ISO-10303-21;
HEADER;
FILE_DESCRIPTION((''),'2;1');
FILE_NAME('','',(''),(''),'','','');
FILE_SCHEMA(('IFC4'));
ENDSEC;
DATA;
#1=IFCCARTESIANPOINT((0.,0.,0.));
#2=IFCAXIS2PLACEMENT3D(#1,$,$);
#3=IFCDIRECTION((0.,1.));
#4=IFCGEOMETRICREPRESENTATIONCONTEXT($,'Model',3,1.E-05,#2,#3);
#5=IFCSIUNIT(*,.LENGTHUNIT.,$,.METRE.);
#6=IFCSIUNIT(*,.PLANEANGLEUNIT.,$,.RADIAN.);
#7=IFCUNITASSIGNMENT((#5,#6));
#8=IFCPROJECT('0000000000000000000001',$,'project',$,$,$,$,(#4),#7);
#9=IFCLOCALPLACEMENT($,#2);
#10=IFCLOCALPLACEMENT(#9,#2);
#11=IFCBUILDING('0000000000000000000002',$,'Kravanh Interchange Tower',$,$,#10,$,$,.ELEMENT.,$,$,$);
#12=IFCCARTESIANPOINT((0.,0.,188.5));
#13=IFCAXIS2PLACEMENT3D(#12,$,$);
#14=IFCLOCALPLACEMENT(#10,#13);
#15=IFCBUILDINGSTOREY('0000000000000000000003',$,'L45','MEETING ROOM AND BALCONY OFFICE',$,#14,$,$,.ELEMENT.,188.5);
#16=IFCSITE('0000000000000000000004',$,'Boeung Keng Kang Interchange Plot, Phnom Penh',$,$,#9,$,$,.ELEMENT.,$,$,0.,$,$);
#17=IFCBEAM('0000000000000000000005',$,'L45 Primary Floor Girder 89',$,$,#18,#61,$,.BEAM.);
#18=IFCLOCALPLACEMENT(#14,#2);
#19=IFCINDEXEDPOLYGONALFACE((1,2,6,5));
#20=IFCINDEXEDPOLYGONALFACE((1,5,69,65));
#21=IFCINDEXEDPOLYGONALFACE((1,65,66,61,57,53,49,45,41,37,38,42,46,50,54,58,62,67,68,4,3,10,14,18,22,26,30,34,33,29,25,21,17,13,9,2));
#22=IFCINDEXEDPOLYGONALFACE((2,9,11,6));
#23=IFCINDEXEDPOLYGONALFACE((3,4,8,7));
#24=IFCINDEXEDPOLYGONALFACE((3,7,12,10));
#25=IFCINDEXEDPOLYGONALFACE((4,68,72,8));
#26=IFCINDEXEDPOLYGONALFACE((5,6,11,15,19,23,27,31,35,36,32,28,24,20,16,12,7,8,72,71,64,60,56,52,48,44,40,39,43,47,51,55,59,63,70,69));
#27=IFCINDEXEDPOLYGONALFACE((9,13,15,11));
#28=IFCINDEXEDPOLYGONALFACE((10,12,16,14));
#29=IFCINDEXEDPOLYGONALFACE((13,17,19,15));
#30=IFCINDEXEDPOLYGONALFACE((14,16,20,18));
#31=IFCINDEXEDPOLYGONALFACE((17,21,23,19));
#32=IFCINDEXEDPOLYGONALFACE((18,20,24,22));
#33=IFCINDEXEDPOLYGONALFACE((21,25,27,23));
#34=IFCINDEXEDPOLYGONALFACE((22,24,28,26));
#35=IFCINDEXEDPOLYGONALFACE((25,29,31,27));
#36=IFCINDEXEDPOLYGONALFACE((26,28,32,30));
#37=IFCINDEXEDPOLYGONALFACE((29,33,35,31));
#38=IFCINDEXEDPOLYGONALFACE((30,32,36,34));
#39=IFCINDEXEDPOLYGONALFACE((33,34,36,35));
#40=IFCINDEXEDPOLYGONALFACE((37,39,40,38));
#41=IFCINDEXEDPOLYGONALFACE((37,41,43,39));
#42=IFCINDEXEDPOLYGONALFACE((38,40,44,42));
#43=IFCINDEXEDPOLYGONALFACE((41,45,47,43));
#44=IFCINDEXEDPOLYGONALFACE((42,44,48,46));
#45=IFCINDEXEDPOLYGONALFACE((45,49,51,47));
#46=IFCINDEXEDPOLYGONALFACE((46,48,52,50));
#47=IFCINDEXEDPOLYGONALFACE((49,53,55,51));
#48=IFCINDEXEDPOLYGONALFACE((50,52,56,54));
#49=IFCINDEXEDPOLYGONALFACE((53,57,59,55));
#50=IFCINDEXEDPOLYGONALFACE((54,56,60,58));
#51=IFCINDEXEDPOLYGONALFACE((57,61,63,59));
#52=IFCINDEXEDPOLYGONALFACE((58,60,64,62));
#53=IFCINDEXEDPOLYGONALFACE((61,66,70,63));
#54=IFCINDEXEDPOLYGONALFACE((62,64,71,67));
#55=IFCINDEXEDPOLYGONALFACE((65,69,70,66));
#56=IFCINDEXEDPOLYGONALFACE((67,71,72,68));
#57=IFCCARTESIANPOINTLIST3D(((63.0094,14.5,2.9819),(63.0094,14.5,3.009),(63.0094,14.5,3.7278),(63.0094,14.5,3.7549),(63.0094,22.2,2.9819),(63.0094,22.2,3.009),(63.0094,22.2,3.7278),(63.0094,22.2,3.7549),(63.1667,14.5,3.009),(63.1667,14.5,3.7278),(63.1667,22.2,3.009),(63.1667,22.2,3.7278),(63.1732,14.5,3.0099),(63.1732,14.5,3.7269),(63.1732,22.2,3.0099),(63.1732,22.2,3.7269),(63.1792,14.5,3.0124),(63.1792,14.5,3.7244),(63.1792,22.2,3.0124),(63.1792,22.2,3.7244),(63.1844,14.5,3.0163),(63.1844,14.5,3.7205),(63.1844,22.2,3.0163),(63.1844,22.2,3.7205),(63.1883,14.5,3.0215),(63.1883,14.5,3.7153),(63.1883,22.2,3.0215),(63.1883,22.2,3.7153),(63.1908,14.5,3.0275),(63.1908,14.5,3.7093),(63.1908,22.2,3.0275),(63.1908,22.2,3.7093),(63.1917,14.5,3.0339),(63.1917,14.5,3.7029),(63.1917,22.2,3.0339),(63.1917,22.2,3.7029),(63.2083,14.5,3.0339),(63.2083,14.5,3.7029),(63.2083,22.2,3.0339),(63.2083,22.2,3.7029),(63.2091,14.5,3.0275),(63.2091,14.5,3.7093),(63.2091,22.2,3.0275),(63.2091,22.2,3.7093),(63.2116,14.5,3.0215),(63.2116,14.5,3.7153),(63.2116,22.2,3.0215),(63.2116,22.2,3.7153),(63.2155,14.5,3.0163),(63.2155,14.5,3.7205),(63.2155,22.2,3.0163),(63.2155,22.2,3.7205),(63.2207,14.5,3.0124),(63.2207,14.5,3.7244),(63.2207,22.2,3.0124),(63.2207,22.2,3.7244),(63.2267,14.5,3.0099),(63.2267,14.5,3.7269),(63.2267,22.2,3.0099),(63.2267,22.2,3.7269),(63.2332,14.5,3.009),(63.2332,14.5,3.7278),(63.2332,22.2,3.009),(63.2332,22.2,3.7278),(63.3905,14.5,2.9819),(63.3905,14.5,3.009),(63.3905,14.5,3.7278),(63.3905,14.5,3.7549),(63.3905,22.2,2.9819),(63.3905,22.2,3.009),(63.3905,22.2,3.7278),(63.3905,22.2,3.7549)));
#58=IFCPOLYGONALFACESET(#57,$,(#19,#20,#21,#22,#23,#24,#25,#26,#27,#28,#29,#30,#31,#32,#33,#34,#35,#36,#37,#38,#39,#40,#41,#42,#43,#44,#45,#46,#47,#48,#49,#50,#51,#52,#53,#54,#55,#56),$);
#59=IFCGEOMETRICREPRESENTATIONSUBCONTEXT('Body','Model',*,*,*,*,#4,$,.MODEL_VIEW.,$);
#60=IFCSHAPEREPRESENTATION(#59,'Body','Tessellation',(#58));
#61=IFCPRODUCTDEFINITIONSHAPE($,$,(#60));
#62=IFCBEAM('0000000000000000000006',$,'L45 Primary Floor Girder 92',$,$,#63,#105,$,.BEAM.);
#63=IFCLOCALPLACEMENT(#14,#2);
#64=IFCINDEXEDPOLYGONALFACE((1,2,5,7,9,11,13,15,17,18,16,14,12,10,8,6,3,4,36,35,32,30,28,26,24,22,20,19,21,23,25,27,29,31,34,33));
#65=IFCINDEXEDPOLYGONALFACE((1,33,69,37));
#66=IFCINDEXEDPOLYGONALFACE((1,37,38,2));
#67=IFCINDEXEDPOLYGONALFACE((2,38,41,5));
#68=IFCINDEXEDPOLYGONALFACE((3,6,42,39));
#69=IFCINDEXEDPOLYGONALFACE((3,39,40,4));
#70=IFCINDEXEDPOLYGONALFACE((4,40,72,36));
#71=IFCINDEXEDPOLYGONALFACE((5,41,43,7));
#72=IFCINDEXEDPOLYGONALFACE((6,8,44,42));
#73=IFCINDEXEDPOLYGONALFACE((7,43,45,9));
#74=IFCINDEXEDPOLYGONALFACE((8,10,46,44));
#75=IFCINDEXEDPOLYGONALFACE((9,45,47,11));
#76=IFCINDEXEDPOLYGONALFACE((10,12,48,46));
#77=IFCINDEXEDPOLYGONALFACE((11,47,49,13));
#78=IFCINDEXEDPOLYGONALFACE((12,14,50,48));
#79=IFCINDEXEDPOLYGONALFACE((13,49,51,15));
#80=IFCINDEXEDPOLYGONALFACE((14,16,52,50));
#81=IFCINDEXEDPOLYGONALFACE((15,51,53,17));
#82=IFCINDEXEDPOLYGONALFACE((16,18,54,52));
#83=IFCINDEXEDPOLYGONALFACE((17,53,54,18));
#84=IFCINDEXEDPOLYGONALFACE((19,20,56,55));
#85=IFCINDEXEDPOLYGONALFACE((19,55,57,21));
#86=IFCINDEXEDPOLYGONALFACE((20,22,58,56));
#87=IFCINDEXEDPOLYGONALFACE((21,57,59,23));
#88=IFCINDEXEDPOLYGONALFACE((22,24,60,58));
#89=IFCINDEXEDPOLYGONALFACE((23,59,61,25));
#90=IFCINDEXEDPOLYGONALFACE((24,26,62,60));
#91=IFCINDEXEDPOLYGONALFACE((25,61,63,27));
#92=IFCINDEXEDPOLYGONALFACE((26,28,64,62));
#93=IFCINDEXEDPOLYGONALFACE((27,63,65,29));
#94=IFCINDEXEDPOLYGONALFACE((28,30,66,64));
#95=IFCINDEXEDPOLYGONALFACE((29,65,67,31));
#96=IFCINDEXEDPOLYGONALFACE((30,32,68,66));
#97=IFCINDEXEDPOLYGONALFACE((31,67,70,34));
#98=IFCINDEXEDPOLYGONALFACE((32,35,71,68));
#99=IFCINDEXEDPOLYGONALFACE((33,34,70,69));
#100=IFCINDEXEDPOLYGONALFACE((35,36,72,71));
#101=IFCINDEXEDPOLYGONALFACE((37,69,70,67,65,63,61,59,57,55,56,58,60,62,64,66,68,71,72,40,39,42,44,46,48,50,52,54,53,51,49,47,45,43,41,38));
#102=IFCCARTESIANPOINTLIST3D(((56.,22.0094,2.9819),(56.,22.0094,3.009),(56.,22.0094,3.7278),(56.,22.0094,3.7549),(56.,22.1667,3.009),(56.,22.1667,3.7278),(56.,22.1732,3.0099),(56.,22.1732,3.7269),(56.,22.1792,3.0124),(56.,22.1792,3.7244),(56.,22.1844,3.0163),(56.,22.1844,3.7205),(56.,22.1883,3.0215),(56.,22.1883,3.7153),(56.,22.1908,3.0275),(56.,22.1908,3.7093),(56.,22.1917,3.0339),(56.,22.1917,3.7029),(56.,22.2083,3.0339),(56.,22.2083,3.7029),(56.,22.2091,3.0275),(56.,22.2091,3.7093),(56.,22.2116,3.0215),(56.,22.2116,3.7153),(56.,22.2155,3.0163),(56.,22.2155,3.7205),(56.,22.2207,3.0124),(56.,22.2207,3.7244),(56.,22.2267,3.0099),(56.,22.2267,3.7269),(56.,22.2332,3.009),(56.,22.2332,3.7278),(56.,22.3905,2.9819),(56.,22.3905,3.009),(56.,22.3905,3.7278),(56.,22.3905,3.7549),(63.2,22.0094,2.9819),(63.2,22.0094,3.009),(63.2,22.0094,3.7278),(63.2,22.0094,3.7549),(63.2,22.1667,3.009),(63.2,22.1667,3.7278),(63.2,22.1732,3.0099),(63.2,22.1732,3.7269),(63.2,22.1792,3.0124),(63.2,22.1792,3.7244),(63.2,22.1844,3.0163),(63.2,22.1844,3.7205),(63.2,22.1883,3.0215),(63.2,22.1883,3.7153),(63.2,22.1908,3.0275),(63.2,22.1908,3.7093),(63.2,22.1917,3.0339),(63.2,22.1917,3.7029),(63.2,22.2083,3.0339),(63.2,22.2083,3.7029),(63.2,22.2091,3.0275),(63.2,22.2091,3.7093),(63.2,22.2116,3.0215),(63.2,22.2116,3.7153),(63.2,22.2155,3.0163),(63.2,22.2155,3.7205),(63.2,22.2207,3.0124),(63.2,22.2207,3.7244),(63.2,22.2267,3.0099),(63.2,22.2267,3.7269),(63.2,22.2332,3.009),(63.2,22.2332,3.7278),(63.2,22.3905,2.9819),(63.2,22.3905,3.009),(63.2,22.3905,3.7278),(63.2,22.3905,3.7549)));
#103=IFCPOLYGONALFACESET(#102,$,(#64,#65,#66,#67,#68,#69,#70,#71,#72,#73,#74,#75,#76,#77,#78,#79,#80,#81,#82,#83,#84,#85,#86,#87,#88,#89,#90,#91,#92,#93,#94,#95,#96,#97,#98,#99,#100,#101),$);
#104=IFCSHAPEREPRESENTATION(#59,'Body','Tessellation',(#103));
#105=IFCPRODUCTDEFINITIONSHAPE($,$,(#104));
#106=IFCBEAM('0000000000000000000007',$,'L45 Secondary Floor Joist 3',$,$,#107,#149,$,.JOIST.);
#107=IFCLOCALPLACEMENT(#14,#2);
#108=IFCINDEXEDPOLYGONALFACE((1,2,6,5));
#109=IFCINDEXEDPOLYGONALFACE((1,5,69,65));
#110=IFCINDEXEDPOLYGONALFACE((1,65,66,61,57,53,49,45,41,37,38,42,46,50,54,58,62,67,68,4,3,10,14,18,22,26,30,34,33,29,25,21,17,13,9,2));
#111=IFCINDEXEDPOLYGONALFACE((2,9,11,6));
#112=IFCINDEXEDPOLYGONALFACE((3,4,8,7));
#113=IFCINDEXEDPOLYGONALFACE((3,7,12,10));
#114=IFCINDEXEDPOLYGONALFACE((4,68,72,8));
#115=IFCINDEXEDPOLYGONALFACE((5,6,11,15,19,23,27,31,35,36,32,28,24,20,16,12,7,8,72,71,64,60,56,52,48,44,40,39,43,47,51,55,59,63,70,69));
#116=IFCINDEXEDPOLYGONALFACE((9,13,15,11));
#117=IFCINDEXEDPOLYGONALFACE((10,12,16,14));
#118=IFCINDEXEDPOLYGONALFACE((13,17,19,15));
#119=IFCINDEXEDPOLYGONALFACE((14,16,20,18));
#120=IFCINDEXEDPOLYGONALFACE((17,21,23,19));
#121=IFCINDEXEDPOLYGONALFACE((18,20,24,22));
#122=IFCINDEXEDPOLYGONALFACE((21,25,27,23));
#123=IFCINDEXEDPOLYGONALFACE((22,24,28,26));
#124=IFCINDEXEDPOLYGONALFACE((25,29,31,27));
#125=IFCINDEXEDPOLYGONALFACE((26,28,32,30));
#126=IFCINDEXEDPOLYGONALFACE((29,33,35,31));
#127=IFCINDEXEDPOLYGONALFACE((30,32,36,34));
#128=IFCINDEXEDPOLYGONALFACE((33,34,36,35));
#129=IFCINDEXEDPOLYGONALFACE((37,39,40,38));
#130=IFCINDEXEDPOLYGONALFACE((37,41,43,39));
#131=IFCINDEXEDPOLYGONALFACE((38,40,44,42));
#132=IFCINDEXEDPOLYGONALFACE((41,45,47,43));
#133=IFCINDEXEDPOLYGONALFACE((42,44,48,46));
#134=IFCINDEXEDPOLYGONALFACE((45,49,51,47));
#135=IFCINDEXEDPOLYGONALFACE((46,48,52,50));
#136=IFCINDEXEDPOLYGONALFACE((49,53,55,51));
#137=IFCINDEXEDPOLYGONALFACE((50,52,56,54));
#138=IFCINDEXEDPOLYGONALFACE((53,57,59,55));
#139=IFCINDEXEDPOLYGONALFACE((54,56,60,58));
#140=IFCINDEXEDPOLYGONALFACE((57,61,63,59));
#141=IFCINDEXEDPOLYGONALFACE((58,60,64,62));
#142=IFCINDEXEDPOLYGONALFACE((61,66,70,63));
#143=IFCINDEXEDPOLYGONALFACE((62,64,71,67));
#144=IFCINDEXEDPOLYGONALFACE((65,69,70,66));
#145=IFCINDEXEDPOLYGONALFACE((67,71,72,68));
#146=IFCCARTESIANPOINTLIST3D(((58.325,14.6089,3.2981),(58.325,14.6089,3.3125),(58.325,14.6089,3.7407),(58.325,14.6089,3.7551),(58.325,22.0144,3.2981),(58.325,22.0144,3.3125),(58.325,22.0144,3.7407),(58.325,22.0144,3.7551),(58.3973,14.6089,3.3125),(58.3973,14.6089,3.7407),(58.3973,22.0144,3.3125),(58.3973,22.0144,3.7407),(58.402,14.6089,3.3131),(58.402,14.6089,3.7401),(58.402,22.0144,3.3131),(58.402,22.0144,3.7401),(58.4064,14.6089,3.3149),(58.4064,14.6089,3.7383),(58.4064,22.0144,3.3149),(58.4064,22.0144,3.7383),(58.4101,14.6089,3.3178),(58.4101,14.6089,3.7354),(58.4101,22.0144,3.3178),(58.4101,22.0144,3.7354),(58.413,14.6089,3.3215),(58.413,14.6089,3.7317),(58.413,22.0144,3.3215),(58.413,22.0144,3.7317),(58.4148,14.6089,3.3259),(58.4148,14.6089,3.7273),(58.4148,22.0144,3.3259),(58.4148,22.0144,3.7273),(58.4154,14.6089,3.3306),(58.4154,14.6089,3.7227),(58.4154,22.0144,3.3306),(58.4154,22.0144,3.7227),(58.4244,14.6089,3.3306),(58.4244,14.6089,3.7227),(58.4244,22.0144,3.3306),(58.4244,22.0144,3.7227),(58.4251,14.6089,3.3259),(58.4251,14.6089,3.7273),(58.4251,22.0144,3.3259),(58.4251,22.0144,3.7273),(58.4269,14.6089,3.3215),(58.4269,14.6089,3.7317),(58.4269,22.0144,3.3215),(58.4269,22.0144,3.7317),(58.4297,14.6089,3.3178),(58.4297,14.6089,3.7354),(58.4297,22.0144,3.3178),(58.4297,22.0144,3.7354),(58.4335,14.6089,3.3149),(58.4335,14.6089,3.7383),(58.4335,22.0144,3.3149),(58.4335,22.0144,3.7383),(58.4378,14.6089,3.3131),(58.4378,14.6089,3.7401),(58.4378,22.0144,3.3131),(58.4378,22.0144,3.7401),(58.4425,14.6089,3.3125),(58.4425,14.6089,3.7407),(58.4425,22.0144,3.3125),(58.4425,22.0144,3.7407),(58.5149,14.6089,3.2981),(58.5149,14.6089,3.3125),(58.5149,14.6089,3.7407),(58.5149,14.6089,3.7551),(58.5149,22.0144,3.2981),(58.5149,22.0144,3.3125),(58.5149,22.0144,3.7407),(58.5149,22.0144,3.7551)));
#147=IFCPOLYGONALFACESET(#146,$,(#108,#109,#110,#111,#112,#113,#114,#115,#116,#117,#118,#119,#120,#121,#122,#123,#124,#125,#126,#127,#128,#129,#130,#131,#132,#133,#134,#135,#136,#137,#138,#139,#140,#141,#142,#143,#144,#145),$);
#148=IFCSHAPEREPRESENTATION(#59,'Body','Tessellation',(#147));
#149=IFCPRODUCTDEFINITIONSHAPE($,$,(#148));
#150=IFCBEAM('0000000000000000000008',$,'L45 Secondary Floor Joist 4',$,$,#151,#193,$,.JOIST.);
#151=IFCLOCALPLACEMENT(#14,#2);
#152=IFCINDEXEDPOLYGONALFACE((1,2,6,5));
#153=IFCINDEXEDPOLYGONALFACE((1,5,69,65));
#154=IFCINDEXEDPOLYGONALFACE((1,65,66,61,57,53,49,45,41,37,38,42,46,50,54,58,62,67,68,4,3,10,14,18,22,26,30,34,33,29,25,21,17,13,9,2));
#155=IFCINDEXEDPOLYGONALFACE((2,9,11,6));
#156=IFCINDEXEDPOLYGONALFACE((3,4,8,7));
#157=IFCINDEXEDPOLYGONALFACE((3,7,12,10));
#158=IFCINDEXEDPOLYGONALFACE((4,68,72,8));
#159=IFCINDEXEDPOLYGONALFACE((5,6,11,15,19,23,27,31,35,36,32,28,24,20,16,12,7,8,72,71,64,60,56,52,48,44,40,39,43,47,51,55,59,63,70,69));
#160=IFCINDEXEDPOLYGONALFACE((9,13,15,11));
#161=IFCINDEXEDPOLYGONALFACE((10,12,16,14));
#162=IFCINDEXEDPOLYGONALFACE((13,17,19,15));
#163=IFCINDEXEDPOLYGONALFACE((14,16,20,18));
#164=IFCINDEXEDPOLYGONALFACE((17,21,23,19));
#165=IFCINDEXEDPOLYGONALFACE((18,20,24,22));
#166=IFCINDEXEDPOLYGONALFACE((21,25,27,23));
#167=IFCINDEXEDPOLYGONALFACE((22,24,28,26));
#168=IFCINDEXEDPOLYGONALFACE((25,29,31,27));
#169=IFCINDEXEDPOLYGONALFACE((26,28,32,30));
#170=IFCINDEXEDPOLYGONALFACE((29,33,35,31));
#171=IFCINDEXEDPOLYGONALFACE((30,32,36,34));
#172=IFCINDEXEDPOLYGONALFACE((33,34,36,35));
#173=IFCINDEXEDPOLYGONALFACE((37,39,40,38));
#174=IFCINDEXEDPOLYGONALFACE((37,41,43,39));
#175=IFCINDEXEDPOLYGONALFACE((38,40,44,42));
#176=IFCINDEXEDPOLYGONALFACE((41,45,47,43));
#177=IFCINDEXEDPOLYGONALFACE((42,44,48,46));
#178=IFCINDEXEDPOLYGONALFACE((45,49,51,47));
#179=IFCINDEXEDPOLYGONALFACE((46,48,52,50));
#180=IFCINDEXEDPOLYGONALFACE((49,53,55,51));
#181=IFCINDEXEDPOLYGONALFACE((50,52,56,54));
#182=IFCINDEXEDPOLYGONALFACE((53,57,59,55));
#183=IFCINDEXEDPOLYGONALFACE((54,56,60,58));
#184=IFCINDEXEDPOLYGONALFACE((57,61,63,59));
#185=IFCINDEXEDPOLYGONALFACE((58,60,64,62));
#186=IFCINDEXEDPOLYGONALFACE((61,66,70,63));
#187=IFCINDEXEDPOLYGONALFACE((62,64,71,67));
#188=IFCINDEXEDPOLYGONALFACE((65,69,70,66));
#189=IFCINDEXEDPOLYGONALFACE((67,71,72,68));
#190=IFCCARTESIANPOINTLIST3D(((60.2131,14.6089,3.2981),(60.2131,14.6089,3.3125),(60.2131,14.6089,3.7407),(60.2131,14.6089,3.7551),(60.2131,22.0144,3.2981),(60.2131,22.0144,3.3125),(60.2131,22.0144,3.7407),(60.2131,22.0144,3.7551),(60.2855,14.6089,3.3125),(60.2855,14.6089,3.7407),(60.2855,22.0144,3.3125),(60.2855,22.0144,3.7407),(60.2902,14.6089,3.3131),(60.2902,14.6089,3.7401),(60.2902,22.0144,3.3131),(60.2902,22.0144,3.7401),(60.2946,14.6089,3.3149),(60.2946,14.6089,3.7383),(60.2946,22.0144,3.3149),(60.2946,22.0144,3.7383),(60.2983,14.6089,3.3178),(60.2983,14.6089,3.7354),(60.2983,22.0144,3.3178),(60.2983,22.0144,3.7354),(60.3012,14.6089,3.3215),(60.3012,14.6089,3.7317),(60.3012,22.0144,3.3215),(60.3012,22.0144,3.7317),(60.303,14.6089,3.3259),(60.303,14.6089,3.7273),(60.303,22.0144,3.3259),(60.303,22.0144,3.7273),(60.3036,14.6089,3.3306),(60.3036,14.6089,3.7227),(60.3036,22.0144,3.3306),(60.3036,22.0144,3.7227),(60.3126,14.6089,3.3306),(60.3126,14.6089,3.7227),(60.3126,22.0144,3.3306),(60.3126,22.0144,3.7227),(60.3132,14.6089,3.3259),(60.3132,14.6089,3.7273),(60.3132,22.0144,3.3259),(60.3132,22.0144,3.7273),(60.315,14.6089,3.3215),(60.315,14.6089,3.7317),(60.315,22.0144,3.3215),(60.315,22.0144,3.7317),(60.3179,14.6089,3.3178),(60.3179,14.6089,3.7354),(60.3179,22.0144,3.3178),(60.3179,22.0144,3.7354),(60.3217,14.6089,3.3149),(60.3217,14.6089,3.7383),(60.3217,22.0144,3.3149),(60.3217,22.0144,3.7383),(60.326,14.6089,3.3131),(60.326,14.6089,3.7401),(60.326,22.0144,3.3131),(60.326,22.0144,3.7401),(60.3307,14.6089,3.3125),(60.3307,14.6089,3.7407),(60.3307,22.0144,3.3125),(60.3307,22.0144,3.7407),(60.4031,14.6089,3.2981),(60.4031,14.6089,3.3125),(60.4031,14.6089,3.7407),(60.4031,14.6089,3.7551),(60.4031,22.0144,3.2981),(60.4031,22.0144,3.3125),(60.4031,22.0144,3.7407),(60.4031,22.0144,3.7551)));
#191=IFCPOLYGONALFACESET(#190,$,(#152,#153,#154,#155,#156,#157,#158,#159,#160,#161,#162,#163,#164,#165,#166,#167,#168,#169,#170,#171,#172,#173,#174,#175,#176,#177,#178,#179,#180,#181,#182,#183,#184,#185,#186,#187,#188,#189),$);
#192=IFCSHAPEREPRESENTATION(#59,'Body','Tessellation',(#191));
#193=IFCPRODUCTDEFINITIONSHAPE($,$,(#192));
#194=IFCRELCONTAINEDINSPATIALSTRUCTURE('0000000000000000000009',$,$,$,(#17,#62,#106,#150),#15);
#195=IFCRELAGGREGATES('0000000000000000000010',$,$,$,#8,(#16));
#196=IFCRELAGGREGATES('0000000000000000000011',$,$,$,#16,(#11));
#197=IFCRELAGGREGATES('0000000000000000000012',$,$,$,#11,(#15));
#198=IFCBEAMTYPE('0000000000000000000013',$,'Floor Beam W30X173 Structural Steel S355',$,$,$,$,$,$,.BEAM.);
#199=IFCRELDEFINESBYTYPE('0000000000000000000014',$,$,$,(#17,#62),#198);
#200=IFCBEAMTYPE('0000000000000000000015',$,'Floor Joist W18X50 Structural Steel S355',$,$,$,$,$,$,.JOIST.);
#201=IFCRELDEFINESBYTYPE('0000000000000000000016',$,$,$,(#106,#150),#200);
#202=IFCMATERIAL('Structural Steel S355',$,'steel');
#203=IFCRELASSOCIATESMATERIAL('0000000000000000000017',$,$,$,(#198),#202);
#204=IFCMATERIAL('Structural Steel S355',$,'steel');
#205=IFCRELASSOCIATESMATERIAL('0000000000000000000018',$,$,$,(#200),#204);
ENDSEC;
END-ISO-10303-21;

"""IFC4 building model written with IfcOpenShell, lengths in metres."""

from ifc_helpers import new_model, si_unit, direction, frame, origin, origin_2d, place, context, subcontext, project, spatial, i_section, extrude, material, material_profile, profile_set, type_object, element, save


model = new_model("IFC4")

# Units and contexts
model_context = context("Model", 3, precision=1e-05, world=origin(), true_north=direction((0.0, 1.0)))
body_context = subcontext(model_context, "Body", "Model", "MODEL_VIEW")
ifc_project = project(units=[si_unit("LENGTHUNIT", "METRE"), si_unit("PLANEANGLEUNIT", "RADIAN")], contexts=[model_context])

# Site, building, storey
site_placement = place(None, origin())
site = spatial("IfcSite", under=ifc_project, at=site_placement, Name="Boeung Keng Kang Interchange Plot, Phnom Penh", CompositionType="ELEMENT", RefElevation=0.0)
building_placement = place(site_placement, origin())
building = spatial("IfcBuilding", under=site, at=building_placement, Name="Kravanh Interchange Tower", CompositionType="ELEMENT")
storey_placement = place(building_placement, frame((0.0, 0.0, 188.5)))
storey = spatial("IfcBuildingStorey", under=building, at=storey_placement, Name="L45", Description="MEETING ROOM AND BALCONY OFFICE", CompositionType="ELEMENT", Elevation=188.5)

# Beams
ifc_material_1 = material(Name="Structural Steel S355", Category="steel")
ifc_material_profile_1 = material_profile(ifc_material_1, i_section(OverallWidth=0.3811, OverallDepth=0.7729, WebThickness=0.0166, FlangeThickness=0.0271, FilletRadius=0.0249, at=origin_2d()), Name="W30X173")
ifc_profile_set_1 = profile_set([ifc_material_profile_1], Name="Structural Steel S355")
beam_type_1 = type_object("IfcBeamType", Name="Floor Beam W30X173 Structural Steel S355", PredefinedType="BEAM", material=ifc_profile_set_1)
beam_1_placement = place(storey_placement, frame((63.2, 14.5, 3.3684), z_axis=(0.0, 1.0, 0.0), x_axis=(-1.0, 0.0, 0.0)))
element("IfcBeam", 1, at=beam_1_placement, inside=storey, type_object=beam_type_1, Name="L45 Primary Floor Girder 89", PredefinedType="BEAM", context=body_context, shape_type="SweptSolid", body=[
    extrude(i_section(OverallWidth=0.3811, OverallDepth=0.7729, WebThickness=0.0166, FlangeThickness=0.0271, FilletRadius=0.0249, at=origin_2d()), origin(), (0.0, 0.0, 1.0), 7.7),
])
beam_2_placement = place(storey_placement, frame((56.0, 22.2, 3.3684), z_axis=(1.0, 0.0, 0.0), x_axis=(0.0, 1.0, 0.0)))
element("IfcBeam", 2, at=beam_2_placement, inside=storey, type_object=beam_type_1, Name="L45 Primary Floor Girder 92", PredefinedType="BEAM", context=body_context, shape_type="SweptSolid", body=[
    extrude(i_section(OverallWidth=0.3811, OverallDepth=0.7729, WebThickness=0.0166, FlangeThickness=0.0271, FilletRadius=0.0249, at=origin_2d()), origin(), (0.0, 0.0, 1.0), 7.2),
])
ifc_material_2 = material(Name="Structural Steel S355", Category="steel")
ifc_material_profile_2 = material_profile(ifc_material_2, i_section(OverallWidth=0.1899, OverallDepth=0.457, WebThickness=0.009, FlangeThickness=0.0144, FilletRadius=0.0181, at=origin_2d()), Name="W18X50")
ifc_profile_set_2 = profile_set([ifc_material_profile_2], Name="Structural Steel S355")
beam_type_2 = type_object("IfcBeamType", Name="Floor Joist W18X50 Structural Steel S355", PredefinedType="JOIST", material=ifc_profile_set_2)
for number, where, z_axis, x_axis, name in (
    (3, (58.4199, 14.6089, 3.5266), (0.0, 1.0, 0.0), (-1.0, 0.0, 0.0), "L45 Secondary Floor Joist 3"),
    (4, (60.3081, 14.6089, 3.5266), (0.0, 1.0, 0.0), (-1.0, 0.0, 0.0), "L45 Secondary Floor Joist 4"),
):
    element("IfcBeam", number, at=place(storey_placement, frame(where, z_axis=z_axis, x_axis=x_axis)), inside=storey, type_object=beam_type_2, Name=name, PredefinedType="JOIST", context=body_context, shape_type="SweptSolid", body=[
        extrude(i_section(OverallWidth=0.1899, OverallDepth=0.457, WebThickness=0.009, FlangeThickness=0.0144, FilletRadius=0.0181, at=origin_2d()), origin(), (0.0, 0.0, 1.0), 7.4055),
    ])

save(model, "model.ifc")
